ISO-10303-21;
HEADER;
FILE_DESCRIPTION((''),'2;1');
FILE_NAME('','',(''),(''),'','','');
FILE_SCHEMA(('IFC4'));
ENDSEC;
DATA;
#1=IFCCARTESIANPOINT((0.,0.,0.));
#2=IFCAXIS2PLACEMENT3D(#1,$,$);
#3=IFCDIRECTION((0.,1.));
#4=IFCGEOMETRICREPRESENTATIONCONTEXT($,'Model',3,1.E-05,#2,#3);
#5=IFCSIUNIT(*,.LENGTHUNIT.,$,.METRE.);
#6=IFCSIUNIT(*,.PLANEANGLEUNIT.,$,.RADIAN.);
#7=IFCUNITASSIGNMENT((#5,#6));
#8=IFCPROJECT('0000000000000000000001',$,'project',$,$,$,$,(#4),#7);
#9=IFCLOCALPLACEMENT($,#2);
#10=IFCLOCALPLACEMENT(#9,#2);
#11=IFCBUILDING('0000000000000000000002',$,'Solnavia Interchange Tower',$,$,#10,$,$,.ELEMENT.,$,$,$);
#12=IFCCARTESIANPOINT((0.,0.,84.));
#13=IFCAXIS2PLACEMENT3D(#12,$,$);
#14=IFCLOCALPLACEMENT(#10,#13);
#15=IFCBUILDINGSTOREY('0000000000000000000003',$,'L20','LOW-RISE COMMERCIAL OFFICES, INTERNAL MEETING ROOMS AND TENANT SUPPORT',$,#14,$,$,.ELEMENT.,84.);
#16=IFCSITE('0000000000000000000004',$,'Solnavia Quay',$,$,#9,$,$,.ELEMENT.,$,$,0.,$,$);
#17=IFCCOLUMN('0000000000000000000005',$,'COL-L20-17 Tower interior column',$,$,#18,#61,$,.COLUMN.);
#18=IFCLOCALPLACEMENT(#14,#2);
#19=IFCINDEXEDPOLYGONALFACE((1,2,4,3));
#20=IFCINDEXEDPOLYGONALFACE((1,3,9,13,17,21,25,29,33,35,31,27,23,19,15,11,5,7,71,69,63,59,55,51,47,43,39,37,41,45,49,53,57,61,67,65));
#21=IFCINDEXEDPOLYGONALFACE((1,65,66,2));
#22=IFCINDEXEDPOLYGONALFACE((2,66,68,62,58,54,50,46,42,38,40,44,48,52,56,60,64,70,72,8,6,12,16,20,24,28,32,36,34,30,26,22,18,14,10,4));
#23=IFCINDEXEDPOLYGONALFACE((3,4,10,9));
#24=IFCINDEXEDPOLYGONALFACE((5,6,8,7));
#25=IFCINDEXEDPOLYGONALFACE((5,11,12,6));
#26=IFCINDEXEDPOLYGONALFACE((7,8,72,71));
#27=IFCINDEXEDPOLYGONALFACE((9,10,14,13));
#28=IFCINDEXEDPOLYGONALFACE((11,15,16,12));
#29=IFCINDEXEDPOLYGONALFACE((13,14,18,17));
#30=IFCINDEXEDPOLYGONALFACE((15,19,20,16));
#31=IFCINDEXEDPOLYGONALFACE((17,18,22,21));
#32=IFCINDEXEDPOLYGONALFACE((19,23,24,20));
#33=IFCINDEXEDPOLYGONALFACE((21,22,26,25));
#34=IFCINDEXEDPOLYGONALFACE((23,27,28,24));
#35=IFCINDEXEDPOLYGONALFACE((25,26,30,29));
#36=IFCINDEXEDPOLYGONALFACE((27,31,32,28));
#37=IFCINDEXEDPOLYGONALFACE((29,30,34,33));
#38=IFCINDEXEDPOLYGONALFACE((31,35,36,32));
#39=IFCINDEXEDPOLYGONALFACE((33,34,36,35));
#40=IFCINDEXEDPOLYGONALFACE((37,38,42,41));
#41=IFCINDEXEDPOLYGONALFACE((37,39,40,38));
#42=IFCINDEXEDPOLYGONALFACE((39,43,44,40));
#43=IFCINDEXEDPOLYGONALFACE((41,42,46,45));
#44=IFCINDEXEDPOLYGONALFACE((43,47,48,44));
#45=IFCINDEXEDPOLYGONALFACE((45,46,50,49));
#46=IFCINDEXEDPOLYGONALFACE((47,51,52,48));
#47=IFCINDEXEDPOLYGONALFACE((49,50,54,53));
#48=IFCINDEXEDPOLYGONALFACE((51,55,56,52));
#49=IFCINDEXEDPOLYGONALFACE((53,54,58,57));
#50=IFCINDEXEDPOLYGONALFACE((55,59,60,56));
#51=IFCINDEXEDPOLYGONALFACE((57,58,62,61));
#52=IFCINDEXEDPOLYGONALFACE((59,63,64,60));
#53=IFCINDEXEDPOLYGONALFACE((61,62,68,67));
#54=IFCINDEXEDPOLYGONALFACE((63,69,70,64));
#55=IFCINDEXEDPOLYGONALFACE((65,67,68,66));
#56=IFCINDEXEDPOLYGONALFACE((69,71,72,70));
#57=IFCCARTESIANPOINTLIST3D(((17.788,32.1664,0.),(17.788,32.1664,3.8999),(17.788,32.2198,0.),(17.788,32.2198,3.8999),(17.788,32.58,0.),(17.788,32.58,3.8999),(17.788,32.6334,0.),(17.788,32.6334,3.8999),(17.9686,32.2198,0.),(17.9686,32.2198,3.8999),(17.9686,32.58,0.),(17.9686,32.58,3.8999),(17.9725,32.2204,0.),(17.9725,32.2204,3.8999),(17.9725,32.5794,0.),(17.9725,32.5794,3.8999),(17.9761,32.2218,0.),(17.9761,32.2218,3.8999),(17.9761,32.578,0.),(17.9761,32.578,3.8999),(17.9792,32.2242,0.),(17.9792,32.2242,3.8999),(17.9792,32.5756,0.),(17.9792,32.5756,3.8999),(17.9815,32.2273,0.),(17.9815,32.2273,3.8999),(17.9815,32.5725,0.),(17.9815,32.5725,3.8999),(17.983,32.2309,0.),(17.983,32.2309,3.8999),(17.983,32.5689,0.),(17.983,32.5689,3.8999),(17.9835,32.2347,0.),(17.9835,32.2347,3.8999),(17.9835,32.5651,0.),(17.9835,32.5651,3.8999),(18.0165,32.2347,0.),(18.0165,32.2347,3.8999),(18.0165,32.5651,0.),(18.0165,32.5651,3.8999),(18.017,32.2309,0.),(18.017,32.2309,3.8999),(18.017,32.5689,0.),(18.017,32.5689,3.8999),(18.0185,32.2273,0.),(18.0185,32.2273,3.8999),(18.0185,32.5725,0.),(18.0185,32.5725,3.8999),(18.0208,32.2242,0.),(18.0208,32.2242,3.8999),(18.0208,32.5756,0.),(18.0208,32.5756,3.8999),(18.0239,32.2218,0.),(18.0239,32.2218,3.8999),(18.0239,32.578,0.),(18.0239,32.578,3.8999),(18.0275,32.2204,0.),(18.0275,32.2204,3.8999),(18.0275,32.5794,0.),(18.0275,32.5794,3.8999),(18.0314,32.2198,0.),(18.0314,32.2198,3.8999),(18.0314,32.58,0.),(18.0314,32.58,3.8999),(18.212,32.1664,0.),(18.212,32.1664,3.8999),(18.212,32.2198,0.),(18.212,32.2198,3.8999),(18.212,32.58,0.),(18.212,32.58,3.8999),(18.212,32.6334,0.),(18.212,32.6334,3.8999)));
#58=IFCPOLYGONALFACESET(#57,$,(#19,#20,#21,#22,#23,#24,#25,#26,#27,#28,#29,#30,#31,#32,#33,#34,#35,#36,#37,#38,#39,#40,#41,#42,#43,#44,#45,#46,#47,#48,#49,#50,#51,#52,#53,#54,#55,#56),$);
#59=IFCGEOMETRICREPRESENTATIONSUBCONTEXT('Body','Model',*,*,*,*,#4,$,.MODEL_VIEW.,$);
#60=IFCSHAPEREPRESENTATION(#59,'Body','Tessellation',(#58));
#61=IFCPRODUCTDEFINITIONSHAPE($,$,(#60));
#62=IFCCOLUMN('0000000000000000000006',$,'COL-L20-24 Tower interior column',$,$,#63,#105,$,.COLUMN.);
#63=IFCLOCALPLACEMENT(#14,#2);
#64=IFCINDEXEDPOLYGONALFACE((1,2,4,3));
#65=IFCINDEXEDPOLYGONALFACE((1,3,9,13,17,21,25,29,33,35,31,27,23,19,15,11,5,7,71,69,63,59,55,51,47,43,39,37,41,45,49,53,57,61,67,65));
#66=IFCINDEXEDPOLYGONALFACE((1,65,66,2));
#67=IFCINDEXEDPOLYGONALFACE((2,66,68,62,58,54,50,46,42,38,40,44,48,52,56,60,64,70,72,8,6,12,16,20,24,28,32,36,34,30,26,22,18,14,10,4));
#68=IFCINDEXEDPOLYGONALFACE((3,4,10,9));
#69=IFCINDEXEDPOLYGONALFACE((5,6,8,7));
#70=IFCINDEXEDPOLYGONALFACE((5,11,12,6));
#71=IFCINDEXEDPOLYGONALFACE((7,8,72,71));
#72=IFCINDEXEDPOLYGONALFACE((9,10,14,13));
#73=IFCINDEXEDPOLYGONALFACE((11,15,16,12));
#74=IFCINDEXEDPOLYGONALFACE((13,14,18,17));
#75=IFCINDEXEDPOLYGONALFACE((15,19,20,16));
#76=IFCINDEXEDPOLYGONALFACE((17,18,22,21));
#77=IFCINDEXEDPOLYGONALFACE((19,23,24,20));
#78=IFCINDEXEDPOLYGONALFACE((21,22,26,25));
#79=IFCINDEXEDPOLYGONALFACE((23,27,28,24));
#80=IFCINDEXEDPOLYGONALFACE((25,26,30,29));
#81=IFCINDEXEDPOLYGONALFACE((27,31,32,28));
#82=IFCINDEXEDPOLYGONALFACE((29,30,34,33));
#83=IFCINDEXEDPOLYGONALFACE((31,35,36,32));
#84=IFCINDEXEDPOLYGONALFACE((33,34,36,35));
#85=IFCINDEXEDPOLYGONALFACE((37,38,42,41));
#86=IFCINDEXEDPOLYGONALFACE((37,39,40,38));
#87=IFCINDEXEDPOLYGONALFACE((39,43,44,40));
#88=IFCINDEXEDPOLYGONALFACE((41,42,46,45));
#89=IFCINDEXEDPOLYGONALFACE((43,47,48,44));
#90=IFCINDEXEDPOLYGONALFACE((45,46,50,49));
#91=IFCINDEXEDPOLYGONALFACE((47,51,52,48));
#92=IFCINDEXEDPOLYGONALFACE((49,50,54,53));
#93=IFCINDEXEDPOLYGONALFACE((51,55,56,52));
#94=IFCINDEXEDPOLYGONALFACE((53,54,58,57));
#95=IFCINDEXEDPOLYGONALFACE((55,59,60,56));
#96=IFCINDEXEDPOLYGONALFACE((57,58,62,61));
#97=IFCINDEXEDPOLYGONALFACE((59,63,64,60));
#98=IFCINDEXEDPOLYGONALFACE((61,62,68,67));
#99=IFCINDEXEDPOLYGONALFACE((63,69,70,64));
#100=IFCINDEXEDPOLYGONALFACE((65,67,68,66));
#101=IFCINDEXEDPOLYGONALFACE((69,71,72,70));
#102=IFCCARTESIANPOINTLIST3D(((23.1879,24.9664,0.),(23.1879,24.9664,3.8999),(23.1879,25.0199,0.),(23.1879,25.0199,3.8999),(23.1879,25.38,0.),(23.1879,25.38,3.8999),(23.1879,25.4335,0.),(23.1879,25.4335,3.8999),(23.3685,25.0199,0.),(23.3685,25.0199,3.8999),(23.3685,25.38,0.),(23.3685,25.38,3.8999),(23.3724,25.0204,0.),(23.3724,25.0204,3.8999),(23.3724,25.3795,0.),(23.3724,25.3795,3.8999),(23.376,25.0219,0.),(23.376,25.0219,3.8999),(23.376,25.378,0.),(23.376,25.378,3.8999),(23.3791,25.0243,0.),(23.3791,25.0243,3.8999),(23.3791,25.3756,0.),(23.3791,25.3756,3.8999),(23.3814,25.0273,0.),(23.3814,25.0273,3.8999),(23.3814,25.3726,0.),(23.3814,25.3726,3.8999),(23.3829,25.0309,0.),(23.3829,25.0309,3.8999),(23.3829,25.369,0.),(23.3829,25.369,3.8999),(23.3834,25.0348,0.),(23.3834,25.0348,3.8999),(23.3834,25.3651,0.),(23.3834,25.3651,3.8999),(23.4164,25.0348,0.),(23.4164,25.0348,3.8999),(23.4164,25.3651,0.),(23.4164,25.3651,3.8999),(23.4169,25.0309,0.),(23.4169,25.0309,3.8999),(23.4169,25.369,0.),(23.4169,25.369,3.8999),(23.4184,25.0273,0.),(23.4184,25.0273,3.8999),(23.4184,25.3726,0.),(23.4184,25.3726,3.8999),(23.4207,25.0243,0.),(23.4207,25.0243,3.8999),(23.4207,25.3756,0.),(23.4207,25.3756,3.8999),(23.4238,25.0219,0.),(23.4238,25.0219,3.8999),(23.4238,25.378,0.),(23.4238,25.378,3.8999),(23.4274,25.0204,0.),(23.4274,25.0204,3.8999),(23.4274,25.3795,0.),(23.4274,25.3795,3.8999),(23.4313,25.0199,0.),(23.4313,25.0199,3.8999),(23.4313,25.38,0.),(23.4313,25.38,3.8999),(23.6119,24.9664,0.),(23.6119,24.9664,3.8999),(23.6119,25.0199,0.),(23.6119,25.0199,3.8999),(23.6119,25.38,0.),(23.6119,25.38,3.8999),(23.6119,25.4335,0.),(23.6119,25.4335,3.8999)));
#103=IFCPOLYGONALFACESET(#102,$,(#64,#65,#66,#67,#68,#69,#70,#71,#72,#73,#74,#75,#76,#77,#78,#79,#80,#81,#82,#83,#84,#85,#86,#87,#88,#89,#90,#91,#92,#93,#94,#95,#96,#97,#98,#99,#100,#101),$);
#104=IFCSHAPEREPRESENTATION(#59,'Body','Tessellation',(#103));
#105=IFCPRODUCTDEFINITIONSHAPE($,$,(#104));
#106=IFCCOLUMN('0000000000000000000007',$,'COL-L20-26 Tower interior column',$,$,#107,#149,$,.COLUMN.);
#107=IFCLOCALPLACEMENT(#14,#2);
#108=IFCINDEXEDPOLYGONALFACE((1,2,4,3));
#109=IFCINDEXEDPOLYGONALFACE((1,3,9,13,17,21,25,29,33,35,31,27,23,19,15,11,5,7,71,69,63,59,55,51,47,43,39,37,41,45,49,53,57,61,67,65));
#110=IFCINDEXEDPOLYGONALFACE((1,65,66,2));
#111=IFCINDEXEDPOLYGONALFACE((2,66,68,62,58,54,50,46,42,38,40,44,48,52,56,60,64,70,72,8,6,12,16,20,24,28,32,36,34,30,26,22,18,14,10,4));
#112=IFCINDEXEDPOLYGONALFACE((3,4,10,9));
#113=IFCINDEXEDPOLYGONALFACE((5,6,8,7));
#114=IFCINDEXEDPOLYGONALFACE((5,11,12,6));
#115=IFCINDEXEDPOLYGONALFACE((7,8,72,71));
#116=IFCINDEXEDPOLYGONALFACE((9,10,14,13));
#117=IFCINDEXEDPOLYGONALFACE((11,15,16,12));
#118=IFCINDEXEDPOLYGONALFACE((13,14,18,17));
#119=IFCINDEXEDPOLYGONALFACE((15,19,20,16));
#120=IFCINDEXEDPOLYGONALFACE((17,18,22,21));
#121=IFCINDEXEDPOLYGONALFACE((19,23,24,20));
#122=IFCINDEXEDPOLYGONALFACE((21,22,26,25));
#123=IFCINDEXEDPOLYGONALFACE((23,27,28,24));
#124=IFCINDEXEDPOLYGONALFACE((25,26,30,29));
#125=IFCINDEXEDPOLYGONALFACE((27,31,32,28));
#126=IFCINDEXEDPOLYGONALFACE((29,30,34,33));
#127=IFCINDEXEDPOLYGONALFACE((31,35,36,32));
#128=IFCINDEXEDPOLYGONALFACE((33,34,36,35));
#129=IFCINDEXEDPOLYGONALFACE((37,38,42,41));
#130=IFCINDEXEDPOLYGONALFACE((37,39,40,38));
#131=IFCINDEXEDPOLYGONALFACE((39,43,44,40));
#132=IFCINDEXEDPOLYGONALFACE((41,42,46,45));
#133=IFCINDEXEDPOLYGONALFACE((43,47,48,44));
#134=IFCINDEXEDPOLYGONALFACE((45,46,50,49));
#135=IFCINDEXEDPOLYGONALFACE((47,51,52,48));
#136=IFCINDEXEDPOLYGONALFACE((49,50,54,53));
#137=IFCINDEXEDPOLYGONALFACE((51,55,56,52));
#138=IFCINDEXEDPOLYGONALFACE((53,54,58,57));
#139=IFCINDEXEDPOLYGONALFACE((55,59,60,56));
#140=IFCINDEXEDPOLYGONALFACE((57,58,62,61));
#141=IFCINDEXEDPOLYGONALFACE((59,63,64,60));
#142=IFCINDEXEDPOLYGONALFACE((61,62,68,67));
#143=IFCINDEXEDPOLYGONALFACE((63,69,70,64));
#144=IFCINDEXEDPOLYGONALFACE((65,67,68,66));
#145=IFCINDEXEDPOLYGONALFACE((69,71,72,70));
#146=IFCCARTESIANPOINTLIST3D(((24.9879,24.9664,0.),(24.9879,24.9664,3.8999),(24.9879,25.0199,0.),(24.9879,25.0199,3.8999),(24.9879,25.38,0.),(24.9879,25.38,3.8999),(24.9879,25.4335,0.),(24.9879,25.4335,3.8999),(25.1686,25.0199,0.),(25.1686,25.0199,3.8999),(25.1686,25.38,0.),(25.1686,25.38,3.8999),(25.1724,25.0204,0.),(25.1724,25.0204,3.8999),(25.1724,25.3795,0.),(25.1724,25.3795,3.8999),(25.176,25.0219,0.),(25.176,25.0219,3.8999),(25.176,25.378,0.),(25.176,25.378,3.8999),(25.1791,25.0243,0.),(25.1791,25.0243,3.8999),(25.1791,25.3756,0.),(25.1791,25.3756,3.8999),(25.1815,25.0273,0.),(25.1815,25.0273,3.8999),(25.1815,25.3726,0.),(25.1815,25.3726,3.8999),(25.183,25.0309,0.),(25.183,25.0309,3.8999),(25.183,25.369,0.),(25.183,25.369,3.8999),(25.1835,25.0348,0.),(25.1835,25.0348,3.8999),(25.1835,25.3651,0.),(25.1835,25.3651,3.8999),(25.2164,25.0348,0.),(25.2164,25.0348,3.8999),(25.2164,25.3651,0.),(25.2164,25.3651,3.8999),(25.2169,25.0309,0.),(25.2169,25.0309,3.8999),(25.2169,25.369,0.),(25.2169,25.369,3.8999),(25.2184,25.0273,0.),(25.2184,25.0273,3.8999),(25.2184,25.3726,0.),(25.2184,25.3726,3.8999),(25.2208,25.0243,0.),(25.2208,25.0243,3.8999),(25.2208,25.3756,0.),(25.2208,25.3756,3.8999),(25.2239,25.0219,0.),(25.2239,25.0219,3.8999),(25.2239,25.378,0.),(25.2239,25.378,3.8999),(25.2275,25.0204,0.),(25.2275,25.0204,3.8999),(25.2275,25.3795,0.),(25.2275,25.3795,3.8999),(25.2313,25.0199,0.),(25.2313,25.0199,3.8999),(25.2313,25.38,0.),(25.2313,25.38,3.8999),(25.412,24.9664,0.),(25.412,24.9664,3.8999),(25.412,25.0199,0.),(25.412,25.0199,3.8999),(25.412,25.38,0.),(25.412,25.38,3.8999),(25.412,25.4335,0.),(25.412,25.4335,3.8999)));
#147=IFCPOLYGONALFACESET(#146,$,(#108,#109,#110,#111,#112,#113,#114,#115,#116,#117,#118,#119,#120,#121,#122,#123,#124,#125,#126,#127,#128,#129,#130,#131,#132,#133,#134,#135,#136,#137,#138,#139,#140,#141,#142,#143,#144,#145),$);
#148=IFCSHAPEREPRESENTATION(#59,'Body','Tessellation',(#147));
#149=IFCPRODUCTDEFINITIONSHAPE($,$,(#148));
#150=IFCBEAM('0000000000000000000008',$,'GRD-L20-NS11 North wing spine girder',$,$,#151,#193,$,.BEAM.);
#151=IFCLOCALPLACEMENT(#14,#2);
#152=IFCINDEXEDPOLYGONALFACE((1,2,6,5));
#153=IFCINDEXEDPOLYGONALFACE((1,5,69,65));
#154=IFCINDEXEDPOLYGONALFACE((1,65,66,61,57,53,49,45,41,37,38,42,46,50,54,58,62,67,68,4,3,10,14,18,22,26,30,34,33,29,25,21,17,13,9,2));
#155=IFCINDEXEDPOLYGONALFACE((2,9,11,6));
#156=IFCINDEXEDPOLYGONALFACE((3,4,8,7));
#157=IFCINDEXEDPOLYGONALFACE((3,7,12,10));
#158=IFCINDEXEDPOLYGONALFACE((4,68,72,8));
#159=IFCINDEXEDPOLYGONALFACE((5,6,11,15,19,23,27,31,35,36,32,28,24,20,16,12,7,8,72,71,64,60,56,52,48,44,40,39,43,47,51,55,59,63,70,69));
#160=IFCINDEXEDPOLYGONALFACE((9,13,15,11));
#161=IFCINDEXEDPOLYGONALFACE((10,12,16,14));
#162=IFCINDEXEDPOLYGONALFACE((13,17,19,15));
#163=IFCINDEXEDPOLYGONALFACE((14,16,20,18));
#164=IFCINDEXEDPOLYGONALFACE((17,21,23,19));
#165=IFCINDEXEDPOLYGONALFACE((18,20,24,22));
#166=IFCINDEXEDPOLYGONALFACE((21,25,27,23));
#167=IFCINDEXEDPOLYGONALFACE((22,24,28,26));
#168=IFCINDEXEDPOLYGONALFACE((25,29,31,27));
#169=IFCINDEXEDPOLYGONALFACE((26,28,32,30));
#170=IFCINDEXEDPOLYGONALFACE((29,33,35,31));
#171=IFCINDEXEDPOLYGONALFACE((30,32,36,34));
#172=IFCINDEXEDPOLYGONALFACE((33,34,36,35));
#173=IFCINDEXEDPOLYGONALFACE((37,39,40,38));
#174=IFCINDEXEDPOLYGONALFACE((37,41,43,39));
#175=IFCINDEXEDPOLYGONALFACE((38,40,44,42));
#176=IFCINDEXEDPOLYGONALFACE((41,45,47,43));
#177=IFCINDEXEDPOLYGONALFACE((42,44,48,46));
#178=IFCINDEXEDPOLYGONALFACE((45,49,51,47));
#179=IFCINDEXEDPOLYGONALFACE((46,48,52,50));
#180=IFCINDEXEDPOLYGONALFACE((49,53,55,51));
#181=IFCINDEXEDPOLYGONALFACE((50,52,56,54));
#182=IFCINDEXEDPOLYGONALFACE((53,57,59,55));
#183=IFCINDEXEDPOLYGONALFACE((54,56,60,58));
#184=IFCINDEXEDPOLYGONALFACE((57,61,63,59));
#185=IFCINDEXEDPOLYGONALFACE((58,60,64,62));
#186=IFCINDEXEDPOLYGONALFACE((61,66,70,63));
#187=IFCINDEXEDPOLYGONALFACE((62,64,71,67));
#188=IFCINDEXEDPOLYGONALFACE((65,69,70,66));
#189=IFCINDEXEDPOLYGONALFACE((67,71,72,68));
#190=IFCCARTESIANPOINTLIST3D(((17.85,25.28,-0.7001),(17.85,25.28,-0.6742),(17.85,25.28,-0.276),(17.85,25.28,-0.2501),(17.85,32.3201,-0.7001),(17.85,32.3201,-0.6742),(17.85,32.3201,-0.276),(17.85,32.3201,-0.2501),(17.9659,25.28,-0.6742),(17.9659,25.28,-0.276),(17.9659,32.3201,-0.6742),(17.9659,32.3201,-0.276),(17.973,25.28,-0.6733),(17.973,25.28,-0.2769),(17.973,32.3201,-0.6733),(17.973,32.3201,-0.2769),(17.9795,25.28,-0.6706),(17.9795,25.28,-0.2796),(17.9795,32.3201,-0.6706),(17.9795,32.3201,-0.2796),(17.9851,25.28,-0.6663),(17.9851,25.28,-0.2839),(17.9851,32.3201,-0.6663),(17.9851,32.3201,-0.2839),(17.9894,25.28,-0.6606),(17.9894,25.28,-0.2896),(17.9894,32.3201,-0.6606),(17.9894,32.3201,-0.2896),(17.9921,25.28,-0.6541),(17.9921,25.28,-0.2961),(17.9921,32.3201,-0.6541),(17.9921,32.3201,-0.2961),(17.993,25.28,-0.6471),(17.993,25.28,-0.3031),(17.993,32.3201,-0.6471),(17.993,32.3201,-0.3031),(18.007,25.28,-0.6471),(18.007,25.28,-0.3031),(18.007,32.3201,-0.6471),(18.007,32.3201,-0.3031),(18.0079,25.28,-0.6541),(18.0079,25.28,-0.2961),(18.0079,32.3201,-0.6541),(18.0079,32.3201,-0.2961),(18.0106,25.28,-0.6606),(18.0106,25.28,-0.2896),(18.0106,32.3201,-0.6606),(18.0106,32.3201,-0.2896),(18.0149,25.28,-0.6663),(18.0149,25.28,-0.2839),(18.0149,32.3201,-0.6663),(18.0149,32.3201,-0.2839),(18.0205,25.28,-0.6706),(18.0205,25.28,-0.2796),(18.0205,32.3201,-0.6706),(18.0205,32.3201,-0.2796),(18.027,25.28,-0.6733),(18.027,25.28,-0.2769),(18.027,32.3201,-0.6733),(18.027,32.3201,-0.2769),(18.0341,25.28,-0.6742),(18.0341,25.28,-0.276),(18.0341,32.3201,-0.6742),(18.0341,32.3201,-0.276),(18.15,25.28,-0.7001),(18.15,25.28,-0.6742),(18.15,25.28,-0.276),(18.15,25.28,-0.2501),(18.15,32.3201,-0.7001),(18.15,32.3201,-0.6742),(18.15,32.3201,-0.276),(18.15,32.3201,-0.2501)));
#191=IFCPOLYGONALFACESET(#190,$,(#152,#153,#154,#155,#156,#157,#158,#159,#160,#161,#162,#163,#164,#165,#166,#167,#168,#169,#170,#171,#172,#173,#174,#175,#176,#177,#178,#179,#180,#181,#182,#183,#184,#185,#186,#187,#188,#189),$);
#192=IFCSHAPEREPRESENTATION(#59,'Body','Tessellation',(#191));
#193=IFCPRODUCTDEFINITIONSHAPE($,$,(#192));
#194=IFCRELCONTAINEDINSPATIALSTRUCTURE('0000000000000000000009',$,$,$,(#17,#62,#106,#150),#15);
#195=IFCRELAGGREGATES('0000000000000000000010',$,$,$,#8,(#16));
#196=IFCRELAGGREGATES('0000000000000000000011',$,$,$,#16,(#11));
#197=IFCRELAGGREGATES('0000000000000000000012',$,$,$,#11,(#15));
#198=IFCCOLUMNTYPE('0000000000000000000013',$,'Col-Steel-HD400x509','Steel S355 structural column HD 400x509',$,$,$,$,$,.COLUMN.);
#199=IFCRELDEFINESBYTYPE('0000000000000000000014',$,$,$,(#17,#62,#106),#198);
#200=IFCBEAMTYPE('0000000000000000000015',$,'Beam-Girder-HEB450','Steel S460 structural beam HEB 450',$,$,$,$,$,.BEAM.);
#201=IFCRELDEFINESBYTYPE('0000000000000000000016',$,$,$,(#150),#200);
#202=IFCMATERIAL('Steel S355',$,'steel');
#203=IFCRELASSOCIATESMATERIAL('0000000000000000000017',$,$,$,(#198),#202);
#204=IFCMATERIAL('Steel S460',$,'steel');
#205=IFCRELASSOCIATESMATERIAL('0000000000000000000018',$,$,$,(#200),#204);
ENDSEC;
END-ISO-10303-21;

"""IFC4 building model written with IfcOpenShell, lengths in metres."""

from ifc_helpers import new_model, si_unit, direction, frame, origin, origin_2d, place, context, subcontext, project, spatial, i_section, extrude, material, material_profile, profile_set, type_object, element, save


model = new_model("IFC4")

# Units and contexts
model_context = context("Model", 3, precision=1e-05, world=origin(), true_north=direction((0.0, 1.0)))
body_context = subcontext(model_context, "Body", "Model", "MODEL_VIEW")
ifc_project = project(units=[si_unit("LENGTHUNIT", "METRE"), si_unit("PLANEANGLEUNIT", "RADIAN")], contexts=[model_context])

# Site, building, storey
site_placement = place(None, origin())
site = spatial("IfcSite", under=ifc_project, at=site_placement, Name="Solnavia Quay", CompositionType="ELEMENT", RefElevation=0.0)
building_placement = place(site_placement, origin())
building = spatial("IfcBuilding", under=site, at=building_placement, Name="Solnavia Interchange Tower", CompositionType="ELEMENT")
storey_placement = place(building_placement, frame((0.0, 0.0, 84.0)))
storey = spatial("IfcBuildingStorey", under=building, at=storey_placement, Name="L20", Description="LOW-RISE COMMERCIAL OFFICES, INTERNAL MEETING ROOMS AND TENANT SUPPORT", CompositionType="ELEMENT", Elevation=84.0)

# Columns
ifc_material_1 = material(Name="Steel S355", Category="steel")
ifc_material_profile_1 = material_profile(ifc_material_1, i_section(OverallWidth=0.4241, OverallDepth=0.467, WebThickness=0.033, FlangeThickness=0.0535, FilletRadius=0.0149, at=origin_2d()), Name="HD 400x509")
ifc_profile_set_1 = profile_set([ifc_material_profile_1], Name="Steel S355")
column_type = type_object("IfcColumnType", Name="Col-Steel-HD400x509", Description="Steel S355 structural column HD 400x509", PredefinedType="COLUMN", material=ifc_profile_set_1)
for number, where, z_axis, x_axis, name in (
    (1, (18.0, 32.3999, 0.0), (0.0, 0.0, 1.0), (1.0, 0.0, 0.0), "COL-L20-17 Tower interior column"),
    (2, (23.3999, 25.2, 0.0), (0.0, 0.0, 1.0), (1.0, 0.0, 0.0), "COL-L20-24 Tower interior column"),
    (3, (25.2, 25.2, 0.0), (0.0, 0.0, 1.0), (1.0, 0.0, 0.0), "COL-L20-26 Tower interior column"),
):
    element("IfcColumn", number, at=place(storey_placement, frame(where, z_axis=z_axis, x_axis=x_axis)), inside=storey, type_object=column_type, Name=name, PredefinedType="COLUMN", context=body_context, shape_type="SweptSolid", body=[
        extrude(i_section(OverallWidth=0.4241, OverallDepth=0.467, WebThickness=0.033, FlangeThickness=0.0535, FilletRadius=0.0149, at=origin_2d()), origin(), (0.0, 0.0, 1.0), 3.8999),
    ])

# Beam
ifc_material_2 = material(Name="Steel S460", Category="steel")
ifc_material_profile_2 = material_profile(ifc_material_2, i_section(OverallWidth=0.3, OverallDepth=0.45, WebThickness=0.0139, FlangeThickness=0.0259, FilletRadius=0.0271, at=origin_2d()), Name="HEB 450")
ifc_profile_set_2 = profile_set([ifc_material_profile_2], Name="Steel S460")
beam_type_1 = type_object("IfcBeamType", Name="Beam-Girder-HEB450", Description="Steel S460 structural beam HEB 450", PredefinedType="BEAM", material=ifc_profile_set_2)
for number, where, z_axis, x_axis, name in (
    (4, (18.0, 25.28, -0.4751), (0.0, 1.0, 0.0), (-1.0, 0.0, 0.0), "GRD-L20-NS11 North wing spine girder"),
):
    element("IfcBeam", number, at=place(storey_placement, frame(where, z_axis=z_axis, x_axis=x_axis)), inside=storey, type_object=beam_type_1, Name=name, PredefinedType="BEAM", context=body_context, shape_type="SweptSolid", body=[
        extrude(i_section(OverallWidth=0.3, OverallDepth=0.45, WebThickness=0.0139, FlangeThickness=0.0259, FilletRadius=0.0271, at=origin_2d()), origin(), (0.0, 0.0, 1.0), 7.04),
    ])

save(model, "model.ifc")
